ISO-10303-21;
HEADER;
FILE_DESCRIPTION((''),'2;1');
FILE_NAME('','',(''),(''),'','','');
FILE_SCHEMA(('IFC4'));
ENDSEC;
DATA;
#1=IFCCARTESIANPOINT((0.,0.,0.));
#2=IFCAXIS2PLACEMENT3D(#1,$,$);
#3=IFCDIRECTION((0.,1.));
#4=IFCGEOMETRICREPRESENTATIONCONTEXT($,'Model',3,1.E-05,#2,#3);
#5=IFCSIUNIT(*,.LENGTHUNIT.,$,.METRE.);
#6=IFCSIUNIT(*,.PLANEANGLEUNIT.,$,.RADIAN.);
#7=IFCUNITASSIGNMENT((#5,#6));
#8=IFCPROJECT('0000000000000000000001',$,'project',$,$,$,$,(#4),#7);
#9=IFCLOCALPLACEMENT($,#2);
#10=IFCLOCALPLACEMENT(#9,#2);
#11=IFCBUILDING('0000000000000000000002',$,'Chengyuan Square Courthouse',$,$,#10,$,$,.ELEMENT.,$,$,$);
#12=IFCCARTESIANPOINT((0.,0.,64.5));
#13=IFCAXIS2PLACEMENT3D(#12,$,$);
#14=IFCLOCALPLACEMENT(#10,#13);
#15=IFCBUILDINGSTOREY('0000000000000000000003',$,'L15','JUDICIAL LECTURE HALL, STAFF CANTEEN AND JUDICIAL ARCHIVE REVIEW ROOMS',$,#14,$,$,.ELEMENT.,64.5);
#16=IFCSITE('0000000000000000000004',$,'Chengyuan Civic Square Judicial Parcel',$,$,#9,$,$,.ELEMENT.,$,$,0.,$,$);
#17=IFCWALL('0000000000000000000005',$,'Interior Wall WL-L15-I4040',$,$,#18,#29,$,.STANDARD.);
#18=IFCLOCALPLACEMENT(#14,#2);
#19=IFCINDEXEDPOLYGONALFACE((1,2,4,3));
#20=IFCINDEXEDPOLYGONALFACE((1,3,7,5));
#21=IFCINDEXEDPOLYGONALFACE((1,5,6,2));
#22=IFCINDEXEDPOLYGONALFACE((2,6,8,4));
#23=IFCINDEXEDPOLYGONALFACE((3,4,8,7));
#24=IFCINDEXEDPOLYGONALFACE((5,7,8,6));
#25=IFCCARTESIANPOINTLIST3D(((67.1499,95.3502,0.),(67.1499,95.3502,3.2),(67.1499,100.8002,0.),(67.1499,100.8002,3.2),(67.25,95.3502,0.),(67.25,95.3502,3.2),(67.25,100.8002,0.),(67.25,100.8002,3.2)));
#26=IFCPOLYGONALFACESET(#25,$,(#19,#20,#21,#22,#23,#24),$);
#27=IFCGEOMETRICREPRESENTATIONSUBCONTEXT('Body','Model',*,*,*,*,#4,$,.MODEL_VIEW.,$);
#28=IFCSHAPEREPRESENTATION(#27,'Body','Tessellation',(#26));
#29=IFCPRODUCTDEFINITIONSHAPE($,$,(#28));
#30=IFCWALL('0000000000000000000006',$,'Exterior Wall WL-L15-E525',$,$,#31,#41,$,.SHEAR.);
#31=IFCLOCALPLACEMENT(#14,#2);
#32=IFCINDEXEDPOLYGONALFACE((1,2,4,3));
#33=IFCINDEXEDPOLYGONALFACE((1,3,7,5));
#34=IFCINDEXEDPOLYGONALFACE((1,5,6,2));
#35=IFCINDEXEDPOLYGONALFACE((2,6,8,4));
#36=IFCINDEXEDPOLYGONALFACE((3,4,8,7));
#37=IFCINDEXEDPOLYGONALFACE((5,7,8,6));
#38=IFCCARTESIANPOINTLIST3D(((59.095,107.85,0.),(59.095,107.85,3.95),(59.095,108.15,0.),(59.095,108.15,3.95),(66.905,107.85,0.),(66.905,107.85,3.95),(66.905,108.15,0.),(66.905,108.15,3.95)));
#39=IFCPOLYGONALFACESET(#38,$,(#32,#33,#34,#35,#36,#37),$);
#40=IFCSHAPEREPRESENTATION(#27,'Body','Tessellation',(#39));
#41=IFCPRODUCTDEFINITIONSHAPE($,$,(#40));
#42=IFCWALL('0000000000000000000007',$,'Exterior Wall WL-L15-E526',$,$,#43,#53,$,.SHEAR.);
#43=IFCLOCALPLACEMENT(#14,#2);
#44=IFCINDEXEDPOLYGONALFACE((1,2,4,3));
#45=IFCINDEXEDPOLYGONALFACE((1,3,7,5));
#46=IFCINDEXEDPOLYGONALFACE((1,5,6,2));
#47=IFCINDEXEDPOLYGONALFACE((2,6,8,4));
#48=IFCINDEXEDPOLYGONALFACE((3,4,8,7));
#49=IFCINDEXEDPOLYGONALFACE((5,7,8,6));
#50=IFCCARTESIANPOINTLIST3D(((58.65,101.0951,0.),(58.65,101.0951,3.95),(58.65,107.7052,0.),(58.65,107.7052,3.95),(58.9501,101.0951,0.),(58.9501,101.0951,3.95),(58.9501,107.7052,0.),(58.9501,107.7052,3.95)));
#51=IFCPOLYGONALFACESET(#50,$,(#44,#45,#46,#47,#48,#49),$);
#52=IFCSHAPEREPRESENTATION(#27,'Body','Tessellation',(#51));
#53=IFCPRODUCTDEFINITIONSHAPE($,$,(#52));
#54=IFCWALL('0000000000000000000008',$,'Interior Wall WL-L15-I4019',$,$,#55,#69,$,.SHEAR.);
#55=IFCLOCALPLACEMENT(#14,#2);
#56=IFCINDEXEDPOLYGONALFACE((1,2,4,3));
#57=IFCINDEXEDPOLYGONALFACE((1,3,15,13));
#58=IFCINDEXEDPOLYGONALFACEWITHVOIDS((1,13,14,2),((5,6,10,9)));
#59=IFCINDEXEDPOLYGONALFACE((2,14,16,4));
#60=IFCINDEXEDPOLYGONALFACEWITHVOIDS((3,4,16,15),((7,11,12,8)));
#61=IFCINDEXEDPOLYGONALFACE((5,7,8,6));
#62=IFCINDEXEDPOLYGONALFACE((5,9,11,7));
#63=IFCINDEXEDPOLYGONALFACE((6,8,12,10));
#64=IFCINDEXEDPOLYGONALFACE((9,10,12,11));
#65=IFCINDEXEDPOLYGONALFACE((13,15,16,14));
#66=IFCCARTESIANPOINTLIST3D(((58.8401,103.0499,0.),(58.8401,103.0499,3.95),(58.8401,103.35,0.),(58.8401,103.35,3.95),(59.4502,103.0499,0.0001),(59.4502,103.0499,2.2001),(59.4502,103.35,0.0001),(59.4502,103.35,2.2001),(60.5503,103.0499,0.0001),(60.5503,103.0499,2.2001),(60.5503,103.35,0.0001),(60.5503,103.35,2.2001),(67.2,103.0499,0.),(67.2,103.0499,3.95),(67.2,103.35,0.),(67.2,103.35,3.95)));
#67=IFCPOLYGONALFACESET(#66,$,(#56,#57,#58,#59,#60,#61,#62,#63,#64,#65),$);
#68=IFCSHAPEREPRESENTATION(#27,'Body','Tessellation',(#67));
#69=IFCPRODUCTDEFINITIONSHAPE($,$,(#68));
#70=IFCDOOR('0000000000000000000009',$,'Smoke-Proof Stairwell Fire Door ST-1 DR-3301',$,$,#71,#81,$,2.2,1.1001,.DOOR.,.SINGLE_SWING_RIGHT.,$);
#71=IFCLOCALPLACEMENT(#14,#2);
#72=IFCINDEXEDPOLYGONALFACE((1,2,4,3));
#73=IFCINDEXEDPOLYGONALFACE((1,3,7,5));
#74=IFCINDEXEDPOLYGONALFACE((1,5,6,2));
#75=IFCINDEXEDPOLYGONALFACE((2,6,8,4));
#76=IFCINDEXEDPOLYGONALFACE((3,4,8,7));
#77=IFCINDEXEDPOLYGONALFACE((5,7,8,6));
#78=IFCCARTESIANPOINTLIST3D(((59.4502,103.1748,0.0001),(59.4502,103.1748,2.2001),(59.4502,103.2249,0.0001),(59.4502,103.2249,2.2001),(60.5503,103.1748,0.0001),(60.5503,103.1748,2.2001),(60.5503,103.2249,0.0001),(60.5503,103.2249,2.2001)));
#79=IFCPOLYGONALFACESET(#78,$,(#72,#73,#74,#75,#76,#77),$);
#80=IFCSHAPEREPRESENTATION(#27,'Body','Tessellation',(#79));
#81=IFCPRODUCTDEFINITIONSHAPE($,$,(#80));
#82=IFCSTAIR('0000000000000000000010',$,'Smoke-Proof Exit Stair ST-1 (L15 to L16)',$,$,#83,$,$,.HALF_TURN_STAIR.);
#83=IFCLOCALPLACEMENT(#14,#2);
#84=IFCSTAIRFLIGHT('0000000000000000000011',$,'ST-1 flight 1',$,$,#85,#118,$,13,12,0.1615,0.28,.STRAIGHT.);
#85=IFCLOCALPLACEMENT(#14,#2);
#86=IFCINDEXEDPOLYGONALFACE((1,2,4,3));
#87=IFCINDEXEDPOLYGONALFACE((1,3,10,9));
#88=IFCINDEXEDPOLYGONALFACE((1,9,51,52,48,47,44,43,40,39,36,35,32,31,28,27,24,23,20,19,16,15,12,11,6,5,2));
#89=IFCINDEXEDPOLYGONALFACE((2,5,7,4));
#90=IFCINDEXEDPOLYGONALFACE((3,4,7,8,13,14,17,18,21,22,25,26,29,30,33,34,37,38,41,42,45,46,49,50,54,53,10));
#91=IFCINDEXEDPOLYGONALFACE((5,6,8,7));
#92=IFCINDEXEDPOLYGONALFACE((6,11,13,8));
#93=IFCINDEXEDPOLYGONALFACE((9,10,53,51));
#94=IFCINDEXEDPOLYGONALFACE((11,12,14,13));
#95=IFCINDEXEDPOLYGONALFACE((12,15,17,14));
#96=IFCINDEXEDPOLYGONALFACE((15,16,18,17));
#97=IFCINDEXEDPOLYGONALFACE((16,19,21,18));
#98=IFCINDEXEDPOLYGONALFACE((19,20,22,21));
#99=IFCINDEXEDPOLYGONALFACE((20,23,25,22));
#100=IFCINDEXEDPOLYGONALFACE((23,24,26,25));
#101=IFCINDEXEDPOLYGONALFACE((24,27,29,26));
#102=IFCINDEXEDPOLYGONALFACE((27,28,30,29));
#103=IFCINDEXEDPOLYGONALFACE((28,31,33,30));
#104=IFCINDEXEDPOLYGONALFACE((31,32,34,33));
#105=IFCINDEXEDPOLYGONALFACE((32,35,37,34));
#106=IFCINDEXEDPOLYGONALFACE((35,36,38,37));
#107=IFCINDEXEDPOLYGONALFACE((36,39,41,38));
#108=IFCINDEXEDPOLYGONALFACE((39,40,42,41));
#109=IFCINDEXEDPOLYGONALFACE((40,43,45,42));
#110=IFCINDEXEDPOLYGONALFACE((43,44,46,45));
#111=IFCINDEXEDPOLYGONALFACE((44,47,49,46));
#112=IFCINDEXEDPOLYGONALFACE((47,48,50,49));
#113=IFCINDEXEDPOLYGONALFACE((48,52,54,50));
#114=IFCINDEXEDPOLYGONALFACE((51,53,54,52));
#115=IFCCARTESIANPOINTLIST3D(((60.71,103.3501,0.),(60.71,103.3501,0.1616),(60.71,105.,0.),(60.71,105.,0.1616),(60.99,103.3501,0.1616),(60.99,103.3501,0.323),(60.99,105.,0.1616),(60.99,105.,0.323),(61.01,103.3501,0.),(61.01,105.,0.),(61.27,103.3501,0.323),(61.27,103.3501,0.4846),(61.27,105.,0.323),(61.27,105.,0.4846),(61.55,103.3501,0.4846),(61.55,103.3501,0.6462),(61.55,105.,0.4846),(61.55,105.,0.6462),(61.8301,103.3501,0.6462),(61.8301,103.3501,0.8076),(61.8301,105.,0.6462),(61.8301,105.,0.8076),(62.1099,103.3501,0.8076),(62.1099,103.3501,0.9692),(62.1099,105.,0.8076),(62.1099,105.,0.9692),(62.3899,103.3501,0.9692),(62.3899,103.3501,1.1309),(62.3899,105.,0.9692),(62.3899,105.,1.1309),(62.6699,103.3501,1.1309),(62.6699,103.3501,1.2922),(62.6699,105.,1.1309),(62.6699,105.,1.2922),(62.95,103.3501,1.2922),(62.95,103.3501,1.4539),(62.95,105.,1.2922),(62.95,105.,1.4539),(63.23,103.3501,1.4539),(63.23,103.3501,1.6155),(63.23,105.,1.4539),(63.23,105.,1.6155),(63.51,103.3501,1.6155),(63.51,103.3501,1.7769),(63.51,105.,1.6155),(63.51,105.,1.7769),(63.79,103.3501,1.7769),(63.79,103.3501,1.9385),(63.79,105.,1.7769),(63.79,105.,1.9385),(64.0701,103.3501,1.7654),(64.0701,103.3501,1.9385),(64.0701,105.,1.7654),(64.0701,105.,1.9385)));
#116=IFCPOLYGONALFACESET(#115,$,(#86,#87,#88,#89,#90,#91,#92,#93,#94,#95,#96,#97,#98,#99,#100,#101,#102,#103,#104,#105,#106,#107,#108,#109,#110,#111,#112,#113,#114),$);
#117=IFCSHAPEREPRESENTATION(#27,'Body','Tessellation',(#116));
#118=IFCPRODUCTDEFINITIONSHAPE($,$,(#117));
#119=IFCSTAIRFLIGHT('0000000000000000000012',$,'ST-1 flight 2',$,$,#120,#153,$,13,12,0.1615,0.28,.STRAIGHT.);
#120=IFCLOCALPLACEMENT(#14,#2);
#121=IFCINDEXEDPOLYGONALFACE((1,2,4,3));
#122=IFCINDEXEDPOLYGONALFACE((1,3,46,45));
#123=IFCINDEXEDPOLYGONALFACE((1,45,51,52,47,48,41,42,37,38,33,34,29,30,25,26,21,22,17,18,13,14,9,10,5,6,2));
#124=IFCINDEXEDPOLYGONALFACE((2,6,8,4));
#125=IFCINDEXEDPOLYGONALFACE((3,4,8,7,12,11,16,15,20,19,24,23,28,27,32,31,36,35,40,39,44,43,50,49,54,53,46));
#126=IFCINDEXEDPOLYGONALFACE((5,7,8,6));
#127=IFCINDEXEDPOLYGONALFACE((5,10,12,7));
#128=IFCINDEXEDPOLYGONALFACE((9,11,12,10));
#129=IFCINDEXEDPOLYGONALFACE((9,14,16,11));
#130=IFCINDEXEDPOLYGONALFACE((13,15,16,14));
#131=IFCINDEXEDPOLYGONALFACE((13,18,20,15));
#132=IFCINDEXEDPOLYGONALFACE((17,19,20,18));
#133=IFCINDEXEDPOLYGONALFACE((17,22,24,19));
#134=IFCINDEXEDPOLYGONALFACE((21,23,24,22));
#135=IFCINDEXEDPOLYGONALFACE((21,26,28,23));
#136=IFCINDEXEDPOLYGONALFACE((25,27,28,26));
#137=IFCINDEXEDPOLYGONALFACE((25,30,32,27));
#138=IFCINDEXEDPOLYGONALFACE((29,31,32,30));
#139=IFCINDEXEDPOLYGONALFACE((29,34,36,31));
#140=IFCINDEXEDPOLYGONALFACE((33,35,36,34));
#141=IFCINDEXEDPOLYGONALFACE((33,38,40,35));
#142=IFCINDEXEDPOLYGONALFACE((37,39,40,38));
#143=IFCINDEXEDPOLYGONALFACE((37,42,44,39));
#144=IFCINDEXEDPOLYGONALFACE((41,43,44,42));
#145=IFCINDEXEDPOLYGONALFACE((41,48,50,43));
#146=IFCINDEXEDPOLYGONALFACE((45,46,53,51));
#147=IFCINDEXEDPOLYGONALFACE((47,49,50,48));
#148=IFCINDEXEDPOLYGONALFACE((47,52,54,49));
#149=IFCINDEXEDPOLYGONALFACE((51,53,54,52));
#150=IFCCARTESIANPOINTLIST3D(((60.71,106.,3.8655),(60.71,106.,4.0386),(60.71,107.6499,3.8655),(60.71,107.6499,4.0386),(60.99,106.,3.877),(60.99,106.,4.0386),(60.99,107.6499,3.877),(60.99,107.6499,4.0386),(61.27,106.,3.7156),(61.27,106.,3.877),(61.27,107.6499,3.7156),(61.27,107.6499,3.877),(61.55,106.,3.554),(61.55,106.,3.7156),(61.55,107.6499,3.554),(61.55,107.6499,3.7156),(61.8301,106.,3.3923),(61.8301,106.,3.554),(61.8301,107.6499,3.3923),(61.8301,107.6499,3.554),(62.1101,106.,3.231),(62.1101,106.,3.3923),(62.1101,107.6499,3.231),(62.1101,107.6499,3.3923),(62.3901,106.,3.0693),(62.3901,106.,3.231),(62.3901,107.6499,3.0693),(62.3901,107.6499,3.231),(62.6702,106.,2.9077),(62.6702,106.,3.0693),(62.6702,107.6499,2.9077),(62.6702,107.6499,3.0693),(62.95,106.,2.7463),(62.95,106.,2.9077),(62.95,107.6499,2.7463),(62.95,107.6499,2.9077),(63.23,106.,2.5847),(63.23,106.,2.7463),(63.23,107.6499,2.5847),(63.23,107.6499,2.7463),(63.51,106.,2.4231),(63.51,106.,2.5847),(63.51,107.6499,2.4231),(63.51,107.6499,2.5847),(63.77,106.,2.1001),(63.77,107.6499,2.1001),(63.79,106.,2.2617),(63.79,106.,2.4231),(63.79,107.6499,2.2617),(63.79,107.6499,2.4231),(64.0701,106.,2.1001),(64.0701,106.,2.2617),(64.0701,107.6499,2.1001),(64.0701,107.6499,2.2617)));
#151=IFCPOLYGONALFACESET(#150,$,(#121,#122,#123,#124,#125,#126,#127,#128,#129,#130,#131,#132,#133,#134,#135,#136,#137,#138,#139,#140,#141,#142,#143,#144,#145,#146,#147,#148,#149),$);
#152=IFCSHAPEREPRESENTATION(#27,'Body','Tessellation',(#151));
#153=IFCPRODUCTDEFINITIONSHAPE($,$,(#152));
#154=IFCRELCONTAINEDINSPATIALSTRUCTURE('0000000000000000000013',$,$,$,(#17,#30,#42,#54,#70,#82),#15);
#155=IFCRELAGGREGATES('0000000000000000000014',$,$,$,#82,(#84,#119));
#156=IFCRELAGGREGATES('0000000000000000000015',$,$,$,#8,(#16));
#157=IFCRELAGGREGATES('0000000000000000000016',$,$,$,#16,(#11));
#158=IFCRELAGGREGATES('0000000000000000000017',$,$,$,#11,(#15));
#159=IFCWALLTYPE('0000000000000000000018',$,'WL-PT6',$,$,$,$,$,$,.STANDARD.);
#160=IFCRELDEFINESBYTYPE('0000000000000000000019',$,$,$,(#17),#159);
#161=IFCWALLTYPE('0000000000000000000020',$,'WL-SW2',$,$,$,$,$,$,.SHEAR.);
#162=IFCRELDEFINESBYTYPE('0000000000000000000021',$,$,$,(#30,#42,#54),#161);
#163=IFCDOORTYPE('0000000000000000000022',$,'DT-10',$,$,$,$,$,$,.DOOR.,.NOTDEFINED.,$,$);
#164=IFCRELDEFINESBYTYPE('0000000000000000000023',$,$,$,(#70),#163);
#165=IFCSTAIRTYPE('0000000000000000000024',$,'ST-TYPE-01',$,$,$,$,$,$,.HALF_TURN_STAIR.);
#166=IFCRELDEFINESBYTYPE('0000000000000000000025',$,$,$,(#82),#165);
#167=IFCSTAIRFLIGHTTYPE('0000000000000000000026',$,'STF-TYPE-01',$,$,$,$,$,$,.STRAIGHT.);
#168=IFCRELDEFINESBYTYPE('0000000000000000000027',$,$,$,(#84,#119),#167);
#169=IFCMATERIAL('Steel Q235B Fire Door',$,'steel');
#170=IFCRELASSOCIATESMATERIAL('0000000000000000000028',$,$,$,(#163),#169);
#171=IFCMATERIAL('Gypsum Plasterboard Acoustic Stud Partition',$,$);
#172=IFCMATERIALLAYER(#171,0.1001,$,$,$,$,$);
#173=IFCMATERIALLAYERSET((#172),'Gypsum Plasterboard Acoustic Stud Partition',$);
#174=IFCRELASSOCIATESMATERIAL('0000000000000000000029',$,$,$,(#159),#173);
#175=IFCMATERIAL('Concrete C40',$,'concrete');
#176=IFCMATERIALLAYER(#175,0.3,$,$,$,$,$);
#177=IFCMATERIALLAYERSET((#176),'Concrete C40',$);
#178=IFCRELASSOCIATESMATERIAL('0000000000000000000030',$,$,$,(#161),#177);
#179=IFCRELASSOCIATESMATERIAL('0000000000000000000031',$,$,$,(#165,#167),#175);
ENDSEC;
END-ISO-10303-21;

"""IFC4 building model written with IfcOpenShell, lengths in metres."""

from ifc_helpers import new_model, si_unit, direction, frame, frame_2d, origin, place, context, subcontext, project, spatial, polyline, rectangle, outline, extrude, material, layer, layer_set, type_object, element, fill, aggregate, save


model = new_model("IFC4")

# Units and contexts
model_context = context("Model", 3, precision=1e-05, world=origin(), true_north=direction((0.0, 1.0)))
body_context = subcontext(model_context, "Body", "Model", "MODEL_VIEW")
ifc_project = project(units=[si_unit("LENGTHUNIT", "METRE"), si_unit("PLANEANGLEUNIT", "RADIAN")], contexts=[model_context])

# Site, building, storey
site_placement = place(None, origin())
site = spatial("IfcSite", under=ifc_project, at=site_placement, Name="Chengyuan Civic Square Judicial Parcel", CompositionType="ELEMENT", RefElevation=0.0)
building_placement = place(site_placement, origin())
building = spatial("IfcBuilding", under=site, at=building_placement, Name="Chengyuan Square Courthouse", CompositionType="ELEMENT")
storey_placement = place(building_placement, frame((0.0, 0.0, 64.5)))
storey = spatial("IfcBuildingStorey", under=building, at=storey_placement, Name="L15", Description="JUDICIAL LECTURE HALL, STAFF CANTEEN AND JUDICIAL ARCHIVE REVIEW ROOMS", CompositionType="ELEMENT", Elevation=64.5)

# Shared definitions
ifc_material_1 = material(Name="Concrete C40", Category="concrete")

# Shared definitions
ifc_material_2 = material(Name="Steel Q235B Fire Door", Category="steel")
door_type = type_object("IfcDoorType", Name="DT-10", OperationType="NOTDEFINED", PredefinedType="DOOR", material=ifc_material_2)

# Walls
ifc_material_3 = material(Name="Gypsum Plasterboard Acoustic Stud Partition")
ifc_layer_1 = layer(ifc_material_3, 0.1001)
ifc_layer_set_1 = layer_set([ifc_layer_1], Name="Gypsum Plasterboard Acoustic Stud Partition")
wall_type_1 = type_object("IfcWallType", Name="WL-PT6", PredefinedType="STANDARD", material=ifc_layer_set_1)
wall_1_placement = place(storey_placement, frame((67.2, 95.3501, 0.0), z_axis=(0.0, 0.0, 1.0), x_axis=(0.0, 1.0, 0.0)))
element("IfcWall", 1, at=wall_1_placement, inside=storey, type_object=wall_type_1, Name="Interior Wall WL-L15-I4040", PredefinedType="STANDARD", context=body_context, shape_type="SweptSolid", body=[
    extrude(rectangle(XDim=5.45, YDim=0.1001, at=frame_2d((2.7251, 0.0))), origin(), (0.0, 0.0, 1.0), 3.2),
])
ifc_layer_2 = layer(ifc_material_1, 0.3)
ifc_layer_set_2 = layer_set([ifc_layer_2], Name="Concrete C40")
wall_type_2 = type_object("IfcWallType", Name="WL-SW2", PredefinedType="SHEAR", material=ifc_layer_set_2)
wall_2_placement = place(storey_placement, frame((59.095, 108.0, 0.0), z_axis=(0.0, 0.0, 1.0), x_axis=(1.0, 0.0, 0.0)))
element("IfcWall", 2, at=wall_2_placement, inside=storey, type_object=wall_type_2, Name="Exterior Wall WL-L15-E525", PredefinedType="SHEAR", context=body_context, shape_type="SweptSolid", body=[
    extrude(rectangle(XDim=7.8101, YDim=0.3, at=frame_2d((3.905, 0.0))), origin(), (0.0, 0.0, 1.0), 3.95),
])
wall_3_placement = place(storey_placement, frame((58.8, 101.095, 0.0), z_axis=(0.0, 0.0, 1.0), x_axis=(0.0, 1.0, 0.0)))
element("IfcWall", 3, at=wall_3_placement, inside=storey, type_object=wall_type_2, Name="Exterior Wall WL-L15-E526", PredefinedType="SHEAR", context=body_context, shape_type="SweptSolid", body=[
    extrude(rectangle(XDim=6.6101, YDim=0.3, at=frame_2d((3.3052, 0.0))), origin(), (0.0, 0.0, 1.0), 3.95),
])

# Wall, opening, door
wall_4_placement = place(storey_placement, frame((58.8401, 103.2, 0.0), z_axis=(0.0, 0.0, 1.0), x_axis=(1.0, 0.0, 0.0)))
wall_4 = element("IfcWall", 4, at=wall_4_placement, inside=storey, type_object=wall_type_2, Name="Interior Wall WL-L15-I4019", PredefinedType="SHEAR", context=body_context, shape_type="SweptSolid", body=[
    extrude(rectangle(XDim=8.3599, YDim=0.3, at=frame_2d((4.1799, 0.0))), origin(), (0.0, 0.0, 1.0), 3.95),
])
opening_1_placement = place(wall_4_placement, frame((0.6101, 0.0, 0.0)))
opening_1 = element("IfcOpeningElement", 5, at=opening_1_placement, cuts=wall_4, PredefinedType="OPENING", context=body_context, shape_type="SweptSolid", body=[
    extrude(rectangle(XDim=1.1001, YDim=2.2, at=frame_2d((0.55, 1.1001))), frame((0.0, 0.1621, 0.0), z_axis=(0.0, -1.0, 0.0), x_axis=(1.0, 0.0, 0.0)), (0.0, 0.0, 1.0), 0.324),
])
door_1_placement = place(opening_1_placement, origin())
door_1 = element("IfcDoor", 6, at=door_1_placement, inside=storey, type_object=door_type, Name="Smoke-Proof Stairwell Fire Door ST-1 DR-3301", OperationType="SINGLE_SWING_RIGHT", OverallHeight=2.2, OverallWidth=1.1001, PredefinedType="DOOR", context=body_context, shape_type="SweptSolid", body=[
    extrude(rectangle(XDim=1.1001, YDim=2.2, at=frame_2d((0.55, 1.1001))), frame((0.0, 0.0249, 0.0), z_axis=(0.0, -1.0, 0.0), x_axis=(1.0, 0.0, 0.0)), (0.0, 0.0, 1.0), 0.05),
])
fill(opening_1, door_1)

# Stair, stair flights
stair_type = type_object("IfcStairType", Name="ST-TYPE-01", PredefinedType="HALF_TURN_STAIR", material=ifc_material_1)
stair_placement = place(storey_placement, origin())
stair = element("IfcStair", 7, at=stair_placement, inside=storey, type_object=stair_type, Name="Smoke-Proof Exit Stair ST-1 (L15 to L16)", PredefinedType="HALF_TURN_STAIR")
stair_flight_type = type_object("IfcStairFlightType", Name="STF-TYPE-01", PredefinedType="STRAIGHT", material=ifc_material_1)
stair_flight_1_placement = place(storey_placement, frame((60.71, 104.175, 0.0), z_axis=(0.0, 0.0, 1.0), x_axis=(1.0, 0.0, 0.0)))
stair_flight_1 = element("IfcStairFlight", 8, at=stair_flight_1_placement, type_object=stair_flight_type, Name="ST-1 flight 1", NumberOfRisers=13, NumberOfTreads=12, PredefinedType="STRAIGHT", RiserHeight=0.1615, TreadLength=0.28, context=body_context, shape_type="SweptSolid", body=[
    extrude(outline(polyline([(0.0, 0.0), (0.0, 0.1616), (0.28, 0.1616), (0.28, 0.323), (0.5601, 0.323), (0.5601, 0.4846), (0.8401, 0.4846), (0.8401, 0.6462), (1.1201, 0.6462), (1.1201, 0.8076), (1.3999, 0.8076), (1.3999, 0.9692), (1.6799, 0.9692), (1.6799, 1.1309), (1.96, 1.1309), (1.96, 1.2922), (2.24, 1.2922), (2.24, 1.4539), (2.52, 1.4539), (2.52, 1.6155), (2.8, 1.6155), (2.8, 1.7769), (3.0801, 1.7769), (3.0801, 1.9385), (3.3601, 1.9385), (3.3601, 2.1001), (3.3601, 1.7654), (0.3, 0.0), (0.0, 0.0)])), frame((0.0, 0.825, 0.0), z_axis=(0.0, -1.0, 0.0), x_axis=(1.0, 0.0, 0.0)), (0.0, 0.0, 1.0), 1.6499),
])
stair_flight_2_placement = place(storey_placement, frame((64.0701, 106.825, 2.1001), z_axis=(0.0, 0.0, 1.0), x_axis=(-1.0, 0.0, 0.0)))
stair_flight_2 = element("IfcStairFlight", 9, at=stair_flight_2_placement, type_object=stair_flight_type, Name="ST-1 flight 2", NumberOfRisers=13, NumberOfTreads=12, PredefinedType="STRAIGHT", RiserHeight=0.1615, TreadLength=0.28, context=body_context, shape_type="SweptSolid", body=[
    extrude(outline(polyline([(0.0, 0.0), (0.0, 0.1616), (0.28, 0.1616), (0.28, 0.323), (0.5601, 0.323), (0.5601, 0.4846), (0.8401, 0.4846), (0.8401, 0.6462), (1.1201, 0.6462), (1.1201, 0.8076), (1.3999, 0.8076), (1.3999, 0.9692), (1.6799, 0.9692), (1.6799, 1.1309), (1.96, 1.1309), (1.96, 1.2922), (2.24, 1.2922), (2.24, 1.4539), (2.52, 1.4539), (2.52, 1.6155), (2.8, 1.6155), (2.8, 1.7769), (3.0801, 1.7769), (3.0801, 1.9385), (3.3601, 1.9385), (3.3601, 2.1001), (3.3601, 1.7654), (0.3, 0.0), (0.0, 0.0)])), frame((0.0, 0.825, 0.0), z_axis=(0.0, -1.0, 0.0), x_axis=(1.0, 0.0, 0.0)), (0.0, 0.0, 1.0), 1.6499),
])
aggregate(stair, [stair_flight_1, stair_flight_2])

save(model, "model.ifc")
